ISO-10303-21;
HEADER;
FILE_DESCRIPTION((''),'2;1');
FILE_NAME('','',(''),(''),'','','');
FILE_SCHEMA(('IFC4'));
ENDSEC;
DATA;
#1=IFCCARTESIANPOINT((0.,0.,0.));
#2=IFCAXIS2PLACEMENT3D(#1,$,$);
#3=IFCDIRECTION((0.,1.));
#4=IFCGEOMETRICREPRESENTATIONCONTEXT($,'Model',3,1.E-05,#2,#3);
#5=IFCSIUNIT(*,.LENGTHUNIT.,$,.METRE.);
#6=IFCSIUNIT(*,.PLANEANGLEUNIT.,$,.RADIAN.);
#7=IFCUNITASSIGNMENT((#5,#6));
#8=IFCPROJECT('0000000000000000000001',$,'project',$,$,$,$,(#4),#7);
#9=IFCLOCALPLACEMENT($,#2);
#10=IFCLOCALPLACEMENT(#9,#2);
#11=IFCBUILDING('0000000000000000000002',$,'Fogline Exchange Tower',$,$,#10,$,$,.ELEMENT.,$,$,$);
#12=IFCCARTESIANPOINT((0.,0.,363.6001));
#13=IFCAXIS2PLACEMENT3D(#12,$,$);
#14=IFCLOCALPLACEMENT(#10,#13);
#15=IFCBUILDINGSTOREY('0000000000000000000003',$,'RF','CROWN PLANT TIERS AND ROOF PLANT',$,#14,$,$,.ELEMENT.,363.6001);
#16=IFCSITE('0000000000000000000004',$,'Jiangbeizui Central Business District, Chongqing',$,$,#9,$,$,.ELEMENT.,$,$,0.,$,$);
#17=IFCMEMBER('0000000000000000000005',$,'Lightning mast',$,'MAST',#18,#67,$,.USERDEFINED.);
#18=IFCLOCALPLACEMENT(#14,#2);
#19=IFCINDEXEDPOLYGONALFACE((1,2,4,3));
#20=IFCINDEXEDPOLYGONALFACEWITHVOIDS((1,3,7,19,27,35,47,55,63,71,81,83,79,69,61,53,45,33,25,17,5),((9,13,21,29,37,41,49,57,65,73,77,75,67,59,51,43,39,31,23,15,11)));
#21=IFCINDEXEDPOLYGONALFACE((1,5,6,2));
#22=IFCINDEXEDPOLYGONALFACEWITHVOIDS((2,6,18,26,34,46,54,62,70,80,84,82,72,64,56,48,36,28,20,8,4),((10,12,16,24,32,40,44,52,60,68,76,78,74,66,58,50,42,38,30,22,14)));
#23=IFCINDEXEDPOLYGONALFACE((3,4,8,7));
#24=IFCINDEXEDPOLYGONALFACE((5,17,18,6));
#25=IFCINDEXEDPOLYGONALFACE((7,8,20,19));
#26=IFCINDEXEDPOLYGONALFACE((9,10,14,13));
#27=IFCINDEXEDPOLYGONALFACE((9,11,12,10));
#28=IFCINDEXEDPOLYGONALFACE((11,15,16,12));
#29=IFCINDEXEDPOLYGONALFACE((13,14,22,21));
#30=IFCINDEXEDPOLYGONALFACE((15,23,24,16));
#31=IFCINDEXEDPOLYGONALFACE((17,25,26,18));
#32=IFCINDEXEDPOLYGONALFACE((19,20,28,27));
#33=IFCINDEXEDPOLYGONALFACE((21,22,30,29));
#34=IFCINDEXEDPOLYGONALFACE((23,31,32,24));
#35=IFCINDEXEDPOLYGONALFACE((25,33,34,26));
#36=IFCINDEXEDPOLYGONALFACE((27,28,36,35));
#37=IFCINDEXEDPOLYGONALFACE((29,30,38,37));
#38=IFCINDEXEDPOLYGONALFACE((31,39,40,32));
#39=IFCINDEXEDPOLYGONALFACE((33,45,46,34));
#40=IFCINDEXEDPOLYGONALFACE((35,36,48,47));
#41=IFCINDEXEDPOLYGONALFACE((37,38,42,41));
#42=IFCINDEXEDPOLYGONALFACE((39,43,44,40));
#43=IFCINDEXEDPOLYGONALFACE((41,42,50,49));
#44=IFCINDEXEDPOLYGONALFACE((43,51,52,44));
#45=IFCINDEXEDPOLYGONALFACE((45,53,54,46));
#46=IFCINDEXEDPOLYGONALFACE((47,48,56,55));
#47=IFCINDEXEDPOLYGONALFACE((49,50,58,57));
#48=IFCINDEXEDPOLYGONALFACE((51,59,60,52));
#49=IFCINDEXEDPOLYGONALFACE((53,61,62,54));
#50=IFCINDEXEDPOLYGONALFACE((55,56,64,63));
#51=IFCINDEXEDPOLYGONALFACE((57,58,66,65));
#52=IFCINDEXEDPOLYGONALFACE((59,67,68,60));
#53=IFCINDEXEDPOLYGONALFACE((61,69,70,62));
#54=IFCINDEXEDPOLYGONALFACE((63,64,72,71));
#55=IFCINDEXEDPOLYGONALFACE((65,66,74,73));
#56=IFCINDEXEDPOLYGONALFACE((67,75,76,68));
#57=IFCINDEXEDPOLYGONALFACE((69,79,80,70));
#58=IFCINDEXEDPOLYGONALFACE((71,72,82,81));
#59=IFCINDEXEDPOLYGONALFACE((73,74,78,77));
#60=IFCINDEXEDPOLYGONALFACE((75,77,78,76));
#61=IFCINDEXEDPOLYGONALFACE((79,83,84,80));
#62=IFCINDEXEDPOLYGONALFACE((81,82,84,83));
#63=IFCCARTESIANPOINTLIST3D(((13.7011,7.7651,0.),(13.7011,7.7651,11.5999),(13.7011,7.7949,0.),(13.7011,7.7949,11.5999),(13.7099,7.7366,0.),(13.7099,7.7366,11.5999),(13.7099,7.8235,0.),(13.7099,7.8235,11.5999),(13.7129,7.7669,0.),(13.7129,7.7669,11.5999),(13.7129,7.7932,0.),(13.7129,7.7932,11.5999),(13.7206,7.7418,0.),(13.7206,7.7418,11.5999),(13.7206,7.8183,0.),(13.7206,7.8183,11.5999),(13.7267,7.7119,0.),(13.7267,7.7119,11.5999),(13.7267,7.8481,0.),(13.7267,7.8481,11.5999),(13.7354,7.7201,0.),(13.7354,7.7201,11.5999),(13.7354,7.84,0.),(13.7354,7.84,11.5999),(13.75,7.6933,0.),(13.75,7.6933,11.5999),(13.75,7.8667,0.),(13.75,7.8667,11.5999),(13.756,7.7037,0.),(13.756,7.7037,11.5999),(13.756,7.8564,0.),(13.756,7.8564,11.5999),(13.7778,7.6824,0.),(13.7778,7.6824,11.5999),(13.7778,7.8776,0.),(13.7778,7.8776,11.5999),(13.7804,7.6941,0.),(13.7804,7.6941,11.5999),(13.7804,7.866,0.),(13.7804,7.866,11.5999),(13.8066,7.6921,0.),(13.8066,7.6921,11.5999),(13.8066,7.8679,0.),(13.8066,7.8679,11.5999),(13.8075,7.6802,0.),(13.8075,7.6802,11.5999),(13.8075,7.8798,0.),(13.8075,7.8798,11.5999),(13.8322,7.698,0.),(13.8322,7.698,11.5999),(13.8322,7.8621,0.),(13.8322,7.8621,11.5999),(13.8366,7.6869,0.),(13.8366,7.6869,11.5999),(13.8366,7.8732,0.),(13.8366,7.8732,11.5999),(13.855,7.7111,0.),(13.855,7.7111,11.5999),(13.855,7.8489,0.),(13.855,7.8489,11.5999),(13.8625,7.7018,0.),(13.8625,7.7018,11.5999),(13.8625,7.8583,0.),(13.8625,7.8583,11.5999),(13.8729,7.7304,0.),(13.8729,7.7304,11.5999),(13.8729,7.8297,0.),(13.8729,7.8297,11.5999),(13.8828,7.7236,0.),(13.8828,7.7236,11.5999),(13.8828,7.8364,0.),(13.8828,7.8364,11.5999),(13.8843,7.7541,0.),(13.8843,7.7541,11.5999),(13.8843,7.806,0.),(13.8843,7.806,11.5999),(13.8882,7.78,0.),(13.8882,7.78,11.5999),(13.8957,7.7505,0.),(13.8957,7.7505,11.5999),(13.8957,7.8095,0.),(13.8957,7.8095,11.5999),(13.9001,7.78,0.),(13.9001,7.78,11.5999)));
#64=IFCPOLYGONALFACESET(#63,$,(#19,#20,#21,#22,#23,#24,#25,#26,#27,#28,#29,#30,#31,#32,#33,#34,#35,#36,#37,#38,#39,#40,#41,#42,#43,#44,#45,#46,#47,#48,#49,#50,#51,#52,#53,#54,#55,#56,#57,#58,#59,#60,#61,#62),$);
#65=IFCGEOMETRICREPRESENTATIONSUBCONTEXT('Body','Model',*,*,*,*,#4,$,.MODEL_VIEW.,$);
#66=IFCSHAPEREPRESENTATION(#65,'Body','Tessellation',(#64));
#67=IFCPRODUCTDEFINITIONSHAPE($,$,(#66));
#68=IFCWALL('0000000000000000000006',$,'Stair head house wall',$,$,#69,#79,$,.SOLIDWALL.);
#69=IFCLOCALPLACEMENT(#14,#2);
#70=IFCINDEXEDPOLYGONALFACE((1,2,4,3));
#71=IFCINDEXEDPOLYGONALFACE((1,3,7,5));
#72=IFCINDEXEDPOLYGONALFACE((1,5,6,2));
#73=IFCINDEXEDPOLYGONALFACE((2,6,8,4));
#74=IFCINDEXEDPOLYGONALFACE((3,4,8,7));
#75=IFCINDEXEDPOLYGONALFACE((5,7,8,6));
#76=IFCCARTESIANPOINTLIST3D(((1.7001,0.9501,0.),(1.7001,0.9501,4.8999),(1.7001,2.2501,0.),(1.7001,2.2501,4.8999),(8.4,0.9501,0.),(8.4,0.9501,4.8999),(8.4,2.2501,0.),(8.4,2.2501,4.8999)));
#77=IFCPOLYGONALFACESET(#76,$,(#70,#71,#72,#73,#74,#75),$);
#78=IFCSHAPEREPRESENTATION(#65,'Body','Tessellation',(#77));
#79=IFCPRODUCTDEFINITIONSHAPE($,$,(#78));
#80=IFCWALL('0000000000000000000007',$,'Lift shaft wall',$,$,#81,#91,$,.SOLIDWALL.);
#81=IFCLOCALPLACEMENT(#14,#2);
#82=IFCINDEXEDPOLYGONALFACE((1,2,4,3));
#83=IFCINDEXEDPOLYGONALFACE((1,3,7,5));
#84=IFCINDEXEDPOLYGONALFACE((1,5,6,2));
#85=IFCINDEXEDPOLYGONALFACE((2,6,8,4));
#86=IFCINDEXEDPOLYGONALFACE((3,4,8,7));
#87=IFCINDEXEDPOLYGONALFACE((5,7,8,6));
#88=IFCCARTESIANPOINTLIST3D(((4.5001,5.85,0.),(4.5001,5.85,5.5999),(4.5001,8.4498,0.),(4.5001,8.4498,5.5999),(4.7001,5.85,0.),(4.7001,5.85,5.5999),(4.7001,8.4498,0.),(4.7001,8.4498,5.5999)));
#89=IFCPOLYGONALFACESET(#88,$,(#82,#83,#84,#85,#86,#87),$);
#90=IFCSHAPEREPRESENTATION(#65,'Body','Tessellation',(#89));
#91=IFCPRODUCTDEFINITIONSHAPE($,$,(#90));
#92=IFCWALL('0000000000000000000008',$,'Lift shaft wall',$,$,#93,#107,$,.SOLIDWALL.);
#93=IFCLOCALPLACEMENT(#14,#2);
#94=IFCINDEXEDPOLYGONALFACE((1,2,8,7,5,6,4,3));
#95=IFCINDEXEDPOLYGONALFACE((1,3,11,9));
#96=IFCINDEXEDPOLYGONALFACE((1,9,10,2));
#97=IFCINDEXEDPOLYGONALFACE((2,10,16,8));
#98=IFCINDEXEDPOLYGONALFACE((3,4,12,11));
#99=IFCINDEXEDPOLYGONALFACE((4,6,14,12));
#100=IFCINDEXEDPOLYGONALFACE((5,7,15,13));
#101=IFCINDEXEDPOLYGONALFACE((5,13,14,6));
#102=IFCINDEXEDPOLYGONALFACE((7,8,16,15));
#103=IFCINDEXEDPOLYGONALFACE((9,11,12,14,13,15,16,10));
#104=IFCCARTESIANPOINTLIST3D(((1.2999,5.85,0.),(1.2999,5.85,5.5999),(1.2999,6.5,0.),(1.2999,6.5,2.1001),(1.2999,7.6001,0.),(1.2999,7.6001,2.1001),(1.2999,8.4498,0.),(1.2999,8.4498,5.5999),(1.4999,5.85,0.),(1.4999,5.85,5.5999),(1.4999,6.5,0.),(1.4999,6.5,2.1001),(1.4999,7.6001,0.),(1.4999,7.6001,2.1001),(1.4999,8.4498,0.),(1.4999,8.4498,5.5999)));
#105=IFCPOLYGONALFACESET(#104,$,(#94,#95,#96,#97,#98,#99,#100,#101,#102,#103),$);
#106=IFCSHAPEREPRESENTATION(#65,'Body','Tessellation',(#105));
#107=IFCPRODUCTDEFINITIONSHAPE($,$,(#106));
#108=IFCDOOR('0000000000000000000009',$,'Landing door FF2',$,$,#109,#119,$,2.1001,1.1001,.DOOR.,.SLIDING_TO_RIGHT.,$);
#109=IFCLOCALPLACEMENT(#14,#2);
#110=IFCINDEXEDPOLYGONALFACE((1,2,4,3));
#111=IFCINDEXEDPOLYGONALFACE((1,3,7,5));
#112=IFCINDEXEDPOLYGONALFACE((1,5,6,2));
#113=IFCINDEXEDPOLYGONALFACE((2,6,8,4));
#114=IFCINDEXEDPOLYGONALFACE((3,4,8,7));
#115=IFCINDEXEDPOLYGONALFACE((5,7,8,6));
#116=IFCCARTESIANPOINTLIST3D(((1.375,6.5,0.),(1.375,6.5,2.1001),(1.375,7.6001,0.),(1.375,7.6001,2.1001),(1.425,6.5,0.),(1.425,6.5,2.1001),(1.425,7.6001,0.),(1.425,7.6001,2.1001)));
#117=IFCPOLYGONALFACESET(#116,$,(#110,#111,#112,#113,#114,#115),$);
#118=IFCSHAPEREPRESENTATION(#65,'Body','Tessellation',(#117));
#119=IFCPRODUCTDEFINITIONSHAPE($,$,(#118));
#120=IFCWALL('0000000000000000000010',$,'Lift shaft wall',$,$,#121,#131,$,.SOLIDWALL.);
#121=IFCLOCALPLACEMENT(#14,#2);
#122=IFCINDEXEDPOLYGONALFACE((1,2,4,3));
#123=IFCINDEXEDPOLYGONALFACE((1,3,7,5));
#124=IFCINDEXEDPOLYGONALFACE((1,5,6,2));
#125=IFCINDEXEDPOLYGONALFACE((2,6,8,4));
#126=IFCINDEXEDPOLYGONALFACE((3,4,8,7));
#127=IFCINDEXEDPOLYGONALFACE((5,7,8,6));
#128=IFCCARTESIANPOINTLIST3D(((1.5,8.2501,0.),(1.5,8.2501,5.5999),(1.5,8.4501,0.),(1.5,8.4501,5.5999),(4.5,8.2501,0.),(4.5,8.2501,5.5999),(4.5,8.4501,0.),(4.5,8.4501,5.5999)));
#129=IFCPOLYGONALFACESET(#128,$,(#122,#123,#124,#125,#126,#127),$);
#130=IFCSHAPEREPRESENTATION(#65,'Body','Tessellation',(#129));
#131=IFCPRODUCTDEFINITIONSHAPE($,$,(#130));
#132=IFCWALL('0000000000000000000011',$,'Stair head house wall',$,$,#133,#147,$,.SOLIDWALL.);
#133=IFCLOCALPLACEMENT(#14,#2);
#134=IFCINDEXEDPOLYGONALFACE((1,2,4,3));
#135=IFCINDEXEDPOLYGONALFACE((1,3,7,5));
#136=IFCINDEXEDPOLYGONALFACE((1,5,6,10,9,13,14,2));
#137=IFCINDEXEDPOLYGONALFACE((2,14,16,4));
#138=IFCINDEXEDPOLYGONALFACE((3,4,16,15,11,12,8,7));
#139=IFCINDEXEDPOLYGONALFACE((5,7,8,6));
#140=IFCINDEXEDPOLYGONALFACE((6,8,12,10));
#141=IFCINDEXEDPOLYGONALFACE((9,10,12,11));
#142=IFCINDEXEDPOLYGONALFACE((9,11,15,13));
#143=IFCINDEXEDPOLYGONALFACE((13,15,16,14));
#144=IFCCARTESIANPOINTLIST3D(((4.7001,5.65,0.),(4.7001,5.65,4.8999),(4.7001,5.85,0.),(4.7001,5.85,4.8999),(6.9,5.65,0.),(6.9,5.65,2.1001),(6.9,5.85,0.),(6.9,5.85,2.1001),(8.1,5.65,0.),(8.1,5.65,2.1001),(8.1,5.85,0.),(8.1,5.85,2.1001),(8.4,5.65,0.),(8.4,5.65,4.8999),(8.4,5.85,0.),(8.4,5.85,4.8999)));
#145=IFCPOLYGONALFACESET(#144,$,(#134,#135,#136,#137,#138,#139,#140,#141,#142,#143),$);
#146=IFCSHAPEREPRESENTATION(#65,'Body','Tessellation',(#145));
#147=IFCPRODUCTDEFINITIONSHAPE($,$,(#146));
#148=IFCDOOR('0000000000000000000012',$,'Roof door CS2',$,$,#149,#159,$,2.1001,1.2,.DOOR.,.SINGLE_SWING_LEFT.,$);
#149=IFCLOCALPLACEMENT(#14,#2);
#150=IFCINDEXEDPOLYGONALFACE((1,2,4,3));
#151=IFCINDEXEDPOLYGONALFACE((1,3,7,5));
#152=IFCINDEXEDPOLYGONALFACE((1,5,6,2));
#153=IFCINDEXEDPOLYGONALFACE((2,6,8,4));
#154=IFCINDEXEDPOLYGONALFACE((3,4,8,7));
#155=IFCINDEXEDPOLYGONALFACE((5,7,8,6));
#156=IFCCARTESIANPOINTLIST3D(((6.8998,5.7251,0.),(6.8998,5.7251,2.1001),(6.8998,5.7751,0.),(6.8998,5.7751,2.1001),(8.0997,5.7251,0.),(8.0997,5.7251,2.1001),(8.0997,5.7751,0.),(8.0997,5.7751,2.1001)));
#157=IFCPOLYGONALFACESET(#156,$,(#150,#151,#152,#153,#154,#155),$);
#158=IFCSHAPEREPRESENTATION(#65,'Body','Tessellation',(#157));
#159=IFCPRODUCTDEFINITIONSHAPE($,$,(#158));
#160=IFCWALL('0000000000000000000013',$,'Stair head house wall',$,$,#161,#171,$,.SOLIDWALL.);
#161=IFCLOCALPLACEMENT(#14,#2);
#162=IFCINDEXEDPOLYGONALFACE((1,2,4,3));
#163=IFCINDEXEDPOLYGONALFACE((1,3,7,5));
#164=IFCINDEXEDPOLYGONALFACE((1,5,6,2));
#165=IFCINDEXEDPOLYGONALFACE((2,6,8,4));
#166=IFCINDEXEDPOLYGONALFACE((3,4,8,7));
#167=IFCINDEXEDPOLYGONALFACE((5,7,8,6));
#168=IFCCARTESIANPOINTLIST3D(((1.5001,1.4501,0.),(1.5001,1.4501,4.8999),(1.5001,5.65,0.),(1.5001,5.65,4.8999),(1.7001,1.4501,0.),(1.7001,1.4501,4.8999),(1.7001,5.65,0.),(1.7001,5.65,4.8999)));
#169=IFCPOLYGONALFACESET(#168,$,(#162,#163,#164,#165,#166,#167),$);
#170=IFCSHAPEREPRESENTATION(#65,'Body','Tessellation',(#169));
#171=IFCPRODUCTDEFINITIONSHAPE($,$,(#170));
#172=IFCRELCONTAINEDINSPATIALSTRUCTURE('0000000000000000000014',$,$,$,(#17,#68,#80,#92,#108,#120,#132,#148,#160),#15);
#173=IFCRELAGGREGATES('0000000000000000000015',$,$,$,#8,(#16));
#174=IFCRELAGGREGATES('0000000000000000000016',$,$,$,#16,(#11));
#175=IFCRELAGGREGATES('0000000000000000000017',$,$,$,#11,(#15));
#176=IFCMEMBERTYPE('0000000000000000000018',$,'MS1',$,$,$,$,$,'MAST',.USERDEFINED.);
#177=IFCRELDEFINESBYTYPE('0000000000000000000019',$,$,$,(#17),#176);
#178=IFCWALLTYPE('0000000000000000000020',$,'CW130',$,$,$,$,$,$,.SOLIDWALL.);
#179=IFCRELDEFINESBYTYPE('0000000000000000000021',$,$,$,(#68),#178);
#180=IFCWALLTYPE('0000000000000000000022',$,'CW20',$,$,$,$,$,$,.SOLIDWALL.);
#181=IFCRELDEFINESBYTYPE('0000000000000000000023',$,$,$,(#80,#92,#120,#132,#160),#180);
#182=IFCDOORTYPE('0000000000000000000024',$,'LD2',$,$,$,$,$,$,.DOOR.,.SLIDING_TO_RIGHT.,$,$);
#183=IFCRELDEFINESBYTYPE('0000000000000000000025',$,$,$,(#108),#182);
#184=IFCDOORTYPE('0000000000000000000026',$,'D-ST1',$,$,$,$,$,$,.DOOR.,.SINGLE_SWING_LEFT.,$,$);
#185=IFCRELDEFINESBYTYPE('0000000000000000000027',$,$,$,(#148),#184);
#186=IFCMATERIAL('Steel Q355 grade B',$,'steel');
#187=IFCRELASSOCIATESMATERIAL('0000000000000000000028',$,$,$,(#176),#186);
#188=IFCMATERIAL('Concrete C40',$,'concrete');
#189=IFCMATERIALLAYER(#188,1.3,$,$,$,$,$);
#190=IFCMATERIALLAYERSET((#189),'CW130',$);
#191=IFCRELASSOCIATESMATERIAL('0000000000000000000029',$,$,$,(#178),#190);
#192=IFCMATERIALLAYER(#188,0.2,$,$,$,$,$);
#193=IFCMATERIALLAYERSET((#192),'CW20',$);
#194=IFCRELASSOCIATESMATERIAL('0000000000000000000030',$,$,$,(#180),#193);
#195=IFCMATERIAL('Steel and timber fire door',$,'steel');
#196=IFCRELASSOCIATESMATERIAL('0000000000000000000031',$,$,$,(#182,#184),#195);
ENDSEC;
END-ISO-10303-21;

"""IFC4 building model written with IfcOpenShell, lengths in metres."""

from ifc_helpers import new_model, si_unit, direction, frame, frame_2d, origin, origin_2d, place, context, subcontext, project, spatial, rectangle, hollow_circle, extrude, material, layer, layer_set, material_profile, profile_set, type_object, element, fill, save


model = new_model("IFC4")

# Units and contexts
model_context = context("Model", 3, precision=1e-05, world=origin(), true_north=direction((0.0, 1.0)))
body_context = subcontext(model_context, "Body", "Model", "MODEL_VIEW")
ifc_project = project(units=[si_unit("LENGTHUNIT", "METRE"), si_unit("PLANEANGLEUNIT", "RADIAN")], contexts=[model_context])

# Site, building, storey
site_placement = place(None, origin())
site = spatial("IfcSite", under=ifc_project, at=site_placement, Name="Jiangbeizui Central Business District, Chongqing", CompositionType="ELEMENT", RefElevation=0.0)
building_placement = place(site_placement, origin())
building = spatial("IfcBuilding", under=site, at=building_placement, Name="Fogline Exchange Tower", CompositionType="ELEMENT")
storey_placement = place(building_placement, frame((0.0, 0.0, 363.6001)))
storey = spatial("IfcBuildingStorey", under=building, at=storey_placement, Name="RF", Description="CROWN PLANT TIERS AND ROOF PLANT", CompositionType="ELEMENT", Elevation=363.6001)

# Shared definitions
ifc_material_1 = material(Name="Steel Q355 grade B", Category="steel")

# Shared definitions
ifc_material_2 = material(Name="Concrete C40", Category="concrete")

# Member
ifc_material_profile_1 = material_profile(ifc_material_1, hollow_circle(Radius=0.1001, WallThickness=0.012, at=origin_2d()), Name="CHS 200x12")
ifc_profile_set_1 = profile_set([ifc_material_profile_1], Name="Steel Q355 grade B")
member_type = type_object("IfcMemberType", Name="MS1", ElementType="MAST", PredefinedType="USERDEFINED", material=ifc_profile_set_1)
member_placement = place(storey_placement, frame((13.8, 7.78, 0.0), z_axis=(0.0, 0.0, 1.0), x_axis=(1.0, 0.0, 0.0)))
element("IfcMember", 1, at=member_placement, inside=storey, type_object=member_type, Name="Lightning mast", ObjectType="MAST", PredefinedType="USERDEFINED", context=body_context, shape_type="SweptSolid", body=[
    extrude(hollow_circle(Radius=0.1001, WallThickness=0.012, at=origin_2d()), origin(), (0.0, 0.0, 1.0), 11.5999),
])

# Walls
ifc_layer_1 = layer(ifc_material_2, 1.3)
ifc_layer_set_1 = layer_set([ifc_layer_1], Name="CW130")
wall_type_1 = type_object("IfcWallType", Name="CW130", PredefinedType="SOLIDWALL", material=ifc_layer_set_1)
wall_1_placement = place(storey_placement, frame((1.7, 1.6001, 0.0), z_axis=(0.0, 0.0, 1.0), x_axis=(1.0, 0.0, 0.0)))
element("IfcWall", 2, at=wall_1_placement, inside=storey, type_object=wall_type_1, Name="Stair head house wall", PredefinedType="SOLIDWALL", context=body_context, shape_type="SweptSolid", body=[
    extrude(rectangle(XDim=6.7, YDim=1.3, at=frame_2d((3.3501, 0.0))), origin(), (0.0, 0.0, 1.0), 4.8999),
])
ifc_layer_2 = layer(ifc_material_2, 0.2)
ifc_layer_set_2 = layer_set([ifc_layer_2], Name="CW20")
wall_type_2 = type_object("IfcWallType", Name="CW20", PredefinedType="SOLIDWALL", material=ifc_layer_set_2)
wall_2_placement = place(storey_placement, frame((4.6001, 5.8501, 0.0), z_axis=(0.0, 0.0, 1.0), x_axis=(0.0, 1.0, 0.0)))
element("IfcWall", 3, at=wall_2_placement, inside=storey, type_object=wall_type_2, Name="Lift shaft wall", PredefinedType="SOLIDWALL", context=body_context, shape_type="SweptSolid", body=[
    extrude(rectangle(XDim=2.5999, YDim=0.2, at=frame_2d((1.2998, 0.0))), origin(), (0.0, 0.0, 1.0), 5.5999),
])

# Wall, opening, door
wall_3_placement = place(storey_placement, frame((1.3999, 5.8501, 0.0), z_axis=(0.0, 0.0, 1.0), x_axis=(0.0, 1.0, 0.0)))
wall_3 = element("IfcWall", 4, at=wall_3_placement, inside=storey, type_object=wall_type_2, Name="Lift shaft wall", PredefinedType="SOLIDWALL", context=body_context, shape_type="SweptSolid", body=[
    extrude(rectangle(XDim=2.5999, YDim=0.2, at=frame_2d((1.2998, 0.0))), origin(), (0.0, 0.0, 1.0), 5.5999),
])
opening_1_placement = place(wall_3_placement, frame((0.6499, 0.0, 0.0)))
opening_1 = element("IfcOpeningElement", 5, at=opening_1_placement, cuts=wall_3, PredefinedType="OPENING", context=body_context, shape_type="SweptSolid", body=[
    extrude(rectangle(XDim=1.1001, YDim=2.1001, at=frame_2d((0.55, 1.05))), frame((0.0, 0.1099, 0.0), z_axis=(0.0, -1.0, 0.0), x_axis=(1.0, 0.0, 0.0)), (0.0, 0.0, 1.0), 0.22),
])
ifc_material_3 = material(Name="Steel and timber fire door", Category="steel")
door_type_1 = type_object("IfcDoorType", Name="LD2", OperationType="SLIDING_TO_RIGHT", PredefinedType="DOOR", material=ifc_material_3)
door_1_placement = place(opening_1_placement, origin())
door_1 = element("IfcDoor", 6, at=door_1_placement, inside=storey, type_object=door_type_1, Name="Landing door FF2", OperationType="SLIDING_TO_RIGHT", OverallHeight=2.1001, OverallWidth=1.1001, PredefinedType="DOOR", context=body_context, shape_type="SweptSolid", body=[
    extrude(rectangle(XDim=1.1001, YDim=2.1001, at=frame_2d((0.55, 1.05))), frame((0.0, 0.0249, 0.0), z_axis=(0.0, -1.0, 0.0), x_axis=(1.0, 0.0, 0.0)), (0.0, 0.0, 1.0), 0.05),
])
fill(opening_1, door_1)

# Wall
wall_4_placement = place(storey_placement, frame((1.5, 8.3501, 0.0), z_axis=(0.0, 0.0, 1.0), x_axis=(1.0, 0.0, 0.0)))
element("IfcWall", 7, at=wall_4_placement, inside=storey, type_object=wall_type_2, Name="Lift shaft wall", PredefinedType="SOLIDWALL", context=body_context, shape_type="SweptSolid", body=[
    extrude(rectangle(XDim=3.0, YDim=0.2, at=frame_2d((1.5, 0.0))), origin(), (0.0, 0.0, 1.0), 5.5999),
])

# Wall, opening, door
wall_5_placement = place(storey_placement, frame((4.7, 5.75, 0.0), z_axis=(0.0, 0.0, 1.0), x_axis=(1.0, 0.0, 0.0)))
wall_5 = element("IfcWall", 8, at=wall_5_placement, inside=storey, type_object=wall_type_2, Name="Stair head house wall", PredefinedType="SOLIDWALL", context=body_context, shape_type="SweptSolid", body=[
    extrude(rectangle(XDim=3.7, YDim=0.2, at=frame_2d((1.8501, 0.0))), origin(), (0.0, 0.0, 1.0), 4.8999),
])
opening_2_placement = place(wall_5_placement, frame((2.2, 0.0, 0.0)))
opening_2 = element("IfcOpeningElement", 9, at=opening_2_placement, cuts=wall_5, PredefinedType="OPENING", context=body_context, shape_type="SweptSolid", body=[
    extrude(rectangle(XDim=1.2, YDim=2.1001, at=frame_2d((0.6001, 1.05))), frame((0.0, 0.1099, 0.0), z_axis=(0.0, -1.0, 0.0), x_axis=(1.0, 0.0, 0.0)), (0.0, 0.0, 1.0), 0.22),
])
door_type_2 = type_object("IfcDoorType", Name="D-ST1", OperationType="SINGLE_SWING_LEFT", PredefinedType="DOOR", material=ifc_material_3)
door_2_placement = place(opening_2_placement, frame((1.2, 0.0, 0.0), z_axis=(0.0, 0.0, 1.0), x_axis=(-1.0, 0.0, 0.0)))
door_2 = element("IfcDoor", 10, at=door_2_placement, inside=storey, type_object=door_type_2, Name="Roof door CS2", OperationType="SINGLE_SWING_LEFT", OverallHeight=2.1001, OverallWidth=1.2, PredefinedType="DOOR", context=body_context, shape_type="SweptSolid", body=[
    extrude(rectangle(XDim=1.2, YDim=2.1001, at=frame_2d((0.6001, 1.05))), frame((0.0, 0.0249, 0.0), z_axis=(0.0, -1.0, 0.0), x_axis=(1.0, 0.0, 0.0)), (0.0, 0.0, 1.0), 0.05),
])
fill(opening_2, door_2)

# Wall
wall_6_placement = place(storey_placement, frame((1.6001, 1.45, 0.0), z_axis=(0.0, 0.0, 1.0), x_axis=(0.0, 1.0, 0.0)))
element("IfcWall", 11, at=wall_6_placement, inside=storey, type_object=wall_type_2, Name="Stair head house wall", PredefinedType="SOLIDWALL", context=body_context, shape_type="SweptSolid", body=[
    extrude(rectangle(XDim=4.2, YDim=0.2, at=frame_2d((2.1001, 0.0))), origin(), (0.0, 0.0, 1.0), 4.8999),
])

save(model, "model.ifc")
